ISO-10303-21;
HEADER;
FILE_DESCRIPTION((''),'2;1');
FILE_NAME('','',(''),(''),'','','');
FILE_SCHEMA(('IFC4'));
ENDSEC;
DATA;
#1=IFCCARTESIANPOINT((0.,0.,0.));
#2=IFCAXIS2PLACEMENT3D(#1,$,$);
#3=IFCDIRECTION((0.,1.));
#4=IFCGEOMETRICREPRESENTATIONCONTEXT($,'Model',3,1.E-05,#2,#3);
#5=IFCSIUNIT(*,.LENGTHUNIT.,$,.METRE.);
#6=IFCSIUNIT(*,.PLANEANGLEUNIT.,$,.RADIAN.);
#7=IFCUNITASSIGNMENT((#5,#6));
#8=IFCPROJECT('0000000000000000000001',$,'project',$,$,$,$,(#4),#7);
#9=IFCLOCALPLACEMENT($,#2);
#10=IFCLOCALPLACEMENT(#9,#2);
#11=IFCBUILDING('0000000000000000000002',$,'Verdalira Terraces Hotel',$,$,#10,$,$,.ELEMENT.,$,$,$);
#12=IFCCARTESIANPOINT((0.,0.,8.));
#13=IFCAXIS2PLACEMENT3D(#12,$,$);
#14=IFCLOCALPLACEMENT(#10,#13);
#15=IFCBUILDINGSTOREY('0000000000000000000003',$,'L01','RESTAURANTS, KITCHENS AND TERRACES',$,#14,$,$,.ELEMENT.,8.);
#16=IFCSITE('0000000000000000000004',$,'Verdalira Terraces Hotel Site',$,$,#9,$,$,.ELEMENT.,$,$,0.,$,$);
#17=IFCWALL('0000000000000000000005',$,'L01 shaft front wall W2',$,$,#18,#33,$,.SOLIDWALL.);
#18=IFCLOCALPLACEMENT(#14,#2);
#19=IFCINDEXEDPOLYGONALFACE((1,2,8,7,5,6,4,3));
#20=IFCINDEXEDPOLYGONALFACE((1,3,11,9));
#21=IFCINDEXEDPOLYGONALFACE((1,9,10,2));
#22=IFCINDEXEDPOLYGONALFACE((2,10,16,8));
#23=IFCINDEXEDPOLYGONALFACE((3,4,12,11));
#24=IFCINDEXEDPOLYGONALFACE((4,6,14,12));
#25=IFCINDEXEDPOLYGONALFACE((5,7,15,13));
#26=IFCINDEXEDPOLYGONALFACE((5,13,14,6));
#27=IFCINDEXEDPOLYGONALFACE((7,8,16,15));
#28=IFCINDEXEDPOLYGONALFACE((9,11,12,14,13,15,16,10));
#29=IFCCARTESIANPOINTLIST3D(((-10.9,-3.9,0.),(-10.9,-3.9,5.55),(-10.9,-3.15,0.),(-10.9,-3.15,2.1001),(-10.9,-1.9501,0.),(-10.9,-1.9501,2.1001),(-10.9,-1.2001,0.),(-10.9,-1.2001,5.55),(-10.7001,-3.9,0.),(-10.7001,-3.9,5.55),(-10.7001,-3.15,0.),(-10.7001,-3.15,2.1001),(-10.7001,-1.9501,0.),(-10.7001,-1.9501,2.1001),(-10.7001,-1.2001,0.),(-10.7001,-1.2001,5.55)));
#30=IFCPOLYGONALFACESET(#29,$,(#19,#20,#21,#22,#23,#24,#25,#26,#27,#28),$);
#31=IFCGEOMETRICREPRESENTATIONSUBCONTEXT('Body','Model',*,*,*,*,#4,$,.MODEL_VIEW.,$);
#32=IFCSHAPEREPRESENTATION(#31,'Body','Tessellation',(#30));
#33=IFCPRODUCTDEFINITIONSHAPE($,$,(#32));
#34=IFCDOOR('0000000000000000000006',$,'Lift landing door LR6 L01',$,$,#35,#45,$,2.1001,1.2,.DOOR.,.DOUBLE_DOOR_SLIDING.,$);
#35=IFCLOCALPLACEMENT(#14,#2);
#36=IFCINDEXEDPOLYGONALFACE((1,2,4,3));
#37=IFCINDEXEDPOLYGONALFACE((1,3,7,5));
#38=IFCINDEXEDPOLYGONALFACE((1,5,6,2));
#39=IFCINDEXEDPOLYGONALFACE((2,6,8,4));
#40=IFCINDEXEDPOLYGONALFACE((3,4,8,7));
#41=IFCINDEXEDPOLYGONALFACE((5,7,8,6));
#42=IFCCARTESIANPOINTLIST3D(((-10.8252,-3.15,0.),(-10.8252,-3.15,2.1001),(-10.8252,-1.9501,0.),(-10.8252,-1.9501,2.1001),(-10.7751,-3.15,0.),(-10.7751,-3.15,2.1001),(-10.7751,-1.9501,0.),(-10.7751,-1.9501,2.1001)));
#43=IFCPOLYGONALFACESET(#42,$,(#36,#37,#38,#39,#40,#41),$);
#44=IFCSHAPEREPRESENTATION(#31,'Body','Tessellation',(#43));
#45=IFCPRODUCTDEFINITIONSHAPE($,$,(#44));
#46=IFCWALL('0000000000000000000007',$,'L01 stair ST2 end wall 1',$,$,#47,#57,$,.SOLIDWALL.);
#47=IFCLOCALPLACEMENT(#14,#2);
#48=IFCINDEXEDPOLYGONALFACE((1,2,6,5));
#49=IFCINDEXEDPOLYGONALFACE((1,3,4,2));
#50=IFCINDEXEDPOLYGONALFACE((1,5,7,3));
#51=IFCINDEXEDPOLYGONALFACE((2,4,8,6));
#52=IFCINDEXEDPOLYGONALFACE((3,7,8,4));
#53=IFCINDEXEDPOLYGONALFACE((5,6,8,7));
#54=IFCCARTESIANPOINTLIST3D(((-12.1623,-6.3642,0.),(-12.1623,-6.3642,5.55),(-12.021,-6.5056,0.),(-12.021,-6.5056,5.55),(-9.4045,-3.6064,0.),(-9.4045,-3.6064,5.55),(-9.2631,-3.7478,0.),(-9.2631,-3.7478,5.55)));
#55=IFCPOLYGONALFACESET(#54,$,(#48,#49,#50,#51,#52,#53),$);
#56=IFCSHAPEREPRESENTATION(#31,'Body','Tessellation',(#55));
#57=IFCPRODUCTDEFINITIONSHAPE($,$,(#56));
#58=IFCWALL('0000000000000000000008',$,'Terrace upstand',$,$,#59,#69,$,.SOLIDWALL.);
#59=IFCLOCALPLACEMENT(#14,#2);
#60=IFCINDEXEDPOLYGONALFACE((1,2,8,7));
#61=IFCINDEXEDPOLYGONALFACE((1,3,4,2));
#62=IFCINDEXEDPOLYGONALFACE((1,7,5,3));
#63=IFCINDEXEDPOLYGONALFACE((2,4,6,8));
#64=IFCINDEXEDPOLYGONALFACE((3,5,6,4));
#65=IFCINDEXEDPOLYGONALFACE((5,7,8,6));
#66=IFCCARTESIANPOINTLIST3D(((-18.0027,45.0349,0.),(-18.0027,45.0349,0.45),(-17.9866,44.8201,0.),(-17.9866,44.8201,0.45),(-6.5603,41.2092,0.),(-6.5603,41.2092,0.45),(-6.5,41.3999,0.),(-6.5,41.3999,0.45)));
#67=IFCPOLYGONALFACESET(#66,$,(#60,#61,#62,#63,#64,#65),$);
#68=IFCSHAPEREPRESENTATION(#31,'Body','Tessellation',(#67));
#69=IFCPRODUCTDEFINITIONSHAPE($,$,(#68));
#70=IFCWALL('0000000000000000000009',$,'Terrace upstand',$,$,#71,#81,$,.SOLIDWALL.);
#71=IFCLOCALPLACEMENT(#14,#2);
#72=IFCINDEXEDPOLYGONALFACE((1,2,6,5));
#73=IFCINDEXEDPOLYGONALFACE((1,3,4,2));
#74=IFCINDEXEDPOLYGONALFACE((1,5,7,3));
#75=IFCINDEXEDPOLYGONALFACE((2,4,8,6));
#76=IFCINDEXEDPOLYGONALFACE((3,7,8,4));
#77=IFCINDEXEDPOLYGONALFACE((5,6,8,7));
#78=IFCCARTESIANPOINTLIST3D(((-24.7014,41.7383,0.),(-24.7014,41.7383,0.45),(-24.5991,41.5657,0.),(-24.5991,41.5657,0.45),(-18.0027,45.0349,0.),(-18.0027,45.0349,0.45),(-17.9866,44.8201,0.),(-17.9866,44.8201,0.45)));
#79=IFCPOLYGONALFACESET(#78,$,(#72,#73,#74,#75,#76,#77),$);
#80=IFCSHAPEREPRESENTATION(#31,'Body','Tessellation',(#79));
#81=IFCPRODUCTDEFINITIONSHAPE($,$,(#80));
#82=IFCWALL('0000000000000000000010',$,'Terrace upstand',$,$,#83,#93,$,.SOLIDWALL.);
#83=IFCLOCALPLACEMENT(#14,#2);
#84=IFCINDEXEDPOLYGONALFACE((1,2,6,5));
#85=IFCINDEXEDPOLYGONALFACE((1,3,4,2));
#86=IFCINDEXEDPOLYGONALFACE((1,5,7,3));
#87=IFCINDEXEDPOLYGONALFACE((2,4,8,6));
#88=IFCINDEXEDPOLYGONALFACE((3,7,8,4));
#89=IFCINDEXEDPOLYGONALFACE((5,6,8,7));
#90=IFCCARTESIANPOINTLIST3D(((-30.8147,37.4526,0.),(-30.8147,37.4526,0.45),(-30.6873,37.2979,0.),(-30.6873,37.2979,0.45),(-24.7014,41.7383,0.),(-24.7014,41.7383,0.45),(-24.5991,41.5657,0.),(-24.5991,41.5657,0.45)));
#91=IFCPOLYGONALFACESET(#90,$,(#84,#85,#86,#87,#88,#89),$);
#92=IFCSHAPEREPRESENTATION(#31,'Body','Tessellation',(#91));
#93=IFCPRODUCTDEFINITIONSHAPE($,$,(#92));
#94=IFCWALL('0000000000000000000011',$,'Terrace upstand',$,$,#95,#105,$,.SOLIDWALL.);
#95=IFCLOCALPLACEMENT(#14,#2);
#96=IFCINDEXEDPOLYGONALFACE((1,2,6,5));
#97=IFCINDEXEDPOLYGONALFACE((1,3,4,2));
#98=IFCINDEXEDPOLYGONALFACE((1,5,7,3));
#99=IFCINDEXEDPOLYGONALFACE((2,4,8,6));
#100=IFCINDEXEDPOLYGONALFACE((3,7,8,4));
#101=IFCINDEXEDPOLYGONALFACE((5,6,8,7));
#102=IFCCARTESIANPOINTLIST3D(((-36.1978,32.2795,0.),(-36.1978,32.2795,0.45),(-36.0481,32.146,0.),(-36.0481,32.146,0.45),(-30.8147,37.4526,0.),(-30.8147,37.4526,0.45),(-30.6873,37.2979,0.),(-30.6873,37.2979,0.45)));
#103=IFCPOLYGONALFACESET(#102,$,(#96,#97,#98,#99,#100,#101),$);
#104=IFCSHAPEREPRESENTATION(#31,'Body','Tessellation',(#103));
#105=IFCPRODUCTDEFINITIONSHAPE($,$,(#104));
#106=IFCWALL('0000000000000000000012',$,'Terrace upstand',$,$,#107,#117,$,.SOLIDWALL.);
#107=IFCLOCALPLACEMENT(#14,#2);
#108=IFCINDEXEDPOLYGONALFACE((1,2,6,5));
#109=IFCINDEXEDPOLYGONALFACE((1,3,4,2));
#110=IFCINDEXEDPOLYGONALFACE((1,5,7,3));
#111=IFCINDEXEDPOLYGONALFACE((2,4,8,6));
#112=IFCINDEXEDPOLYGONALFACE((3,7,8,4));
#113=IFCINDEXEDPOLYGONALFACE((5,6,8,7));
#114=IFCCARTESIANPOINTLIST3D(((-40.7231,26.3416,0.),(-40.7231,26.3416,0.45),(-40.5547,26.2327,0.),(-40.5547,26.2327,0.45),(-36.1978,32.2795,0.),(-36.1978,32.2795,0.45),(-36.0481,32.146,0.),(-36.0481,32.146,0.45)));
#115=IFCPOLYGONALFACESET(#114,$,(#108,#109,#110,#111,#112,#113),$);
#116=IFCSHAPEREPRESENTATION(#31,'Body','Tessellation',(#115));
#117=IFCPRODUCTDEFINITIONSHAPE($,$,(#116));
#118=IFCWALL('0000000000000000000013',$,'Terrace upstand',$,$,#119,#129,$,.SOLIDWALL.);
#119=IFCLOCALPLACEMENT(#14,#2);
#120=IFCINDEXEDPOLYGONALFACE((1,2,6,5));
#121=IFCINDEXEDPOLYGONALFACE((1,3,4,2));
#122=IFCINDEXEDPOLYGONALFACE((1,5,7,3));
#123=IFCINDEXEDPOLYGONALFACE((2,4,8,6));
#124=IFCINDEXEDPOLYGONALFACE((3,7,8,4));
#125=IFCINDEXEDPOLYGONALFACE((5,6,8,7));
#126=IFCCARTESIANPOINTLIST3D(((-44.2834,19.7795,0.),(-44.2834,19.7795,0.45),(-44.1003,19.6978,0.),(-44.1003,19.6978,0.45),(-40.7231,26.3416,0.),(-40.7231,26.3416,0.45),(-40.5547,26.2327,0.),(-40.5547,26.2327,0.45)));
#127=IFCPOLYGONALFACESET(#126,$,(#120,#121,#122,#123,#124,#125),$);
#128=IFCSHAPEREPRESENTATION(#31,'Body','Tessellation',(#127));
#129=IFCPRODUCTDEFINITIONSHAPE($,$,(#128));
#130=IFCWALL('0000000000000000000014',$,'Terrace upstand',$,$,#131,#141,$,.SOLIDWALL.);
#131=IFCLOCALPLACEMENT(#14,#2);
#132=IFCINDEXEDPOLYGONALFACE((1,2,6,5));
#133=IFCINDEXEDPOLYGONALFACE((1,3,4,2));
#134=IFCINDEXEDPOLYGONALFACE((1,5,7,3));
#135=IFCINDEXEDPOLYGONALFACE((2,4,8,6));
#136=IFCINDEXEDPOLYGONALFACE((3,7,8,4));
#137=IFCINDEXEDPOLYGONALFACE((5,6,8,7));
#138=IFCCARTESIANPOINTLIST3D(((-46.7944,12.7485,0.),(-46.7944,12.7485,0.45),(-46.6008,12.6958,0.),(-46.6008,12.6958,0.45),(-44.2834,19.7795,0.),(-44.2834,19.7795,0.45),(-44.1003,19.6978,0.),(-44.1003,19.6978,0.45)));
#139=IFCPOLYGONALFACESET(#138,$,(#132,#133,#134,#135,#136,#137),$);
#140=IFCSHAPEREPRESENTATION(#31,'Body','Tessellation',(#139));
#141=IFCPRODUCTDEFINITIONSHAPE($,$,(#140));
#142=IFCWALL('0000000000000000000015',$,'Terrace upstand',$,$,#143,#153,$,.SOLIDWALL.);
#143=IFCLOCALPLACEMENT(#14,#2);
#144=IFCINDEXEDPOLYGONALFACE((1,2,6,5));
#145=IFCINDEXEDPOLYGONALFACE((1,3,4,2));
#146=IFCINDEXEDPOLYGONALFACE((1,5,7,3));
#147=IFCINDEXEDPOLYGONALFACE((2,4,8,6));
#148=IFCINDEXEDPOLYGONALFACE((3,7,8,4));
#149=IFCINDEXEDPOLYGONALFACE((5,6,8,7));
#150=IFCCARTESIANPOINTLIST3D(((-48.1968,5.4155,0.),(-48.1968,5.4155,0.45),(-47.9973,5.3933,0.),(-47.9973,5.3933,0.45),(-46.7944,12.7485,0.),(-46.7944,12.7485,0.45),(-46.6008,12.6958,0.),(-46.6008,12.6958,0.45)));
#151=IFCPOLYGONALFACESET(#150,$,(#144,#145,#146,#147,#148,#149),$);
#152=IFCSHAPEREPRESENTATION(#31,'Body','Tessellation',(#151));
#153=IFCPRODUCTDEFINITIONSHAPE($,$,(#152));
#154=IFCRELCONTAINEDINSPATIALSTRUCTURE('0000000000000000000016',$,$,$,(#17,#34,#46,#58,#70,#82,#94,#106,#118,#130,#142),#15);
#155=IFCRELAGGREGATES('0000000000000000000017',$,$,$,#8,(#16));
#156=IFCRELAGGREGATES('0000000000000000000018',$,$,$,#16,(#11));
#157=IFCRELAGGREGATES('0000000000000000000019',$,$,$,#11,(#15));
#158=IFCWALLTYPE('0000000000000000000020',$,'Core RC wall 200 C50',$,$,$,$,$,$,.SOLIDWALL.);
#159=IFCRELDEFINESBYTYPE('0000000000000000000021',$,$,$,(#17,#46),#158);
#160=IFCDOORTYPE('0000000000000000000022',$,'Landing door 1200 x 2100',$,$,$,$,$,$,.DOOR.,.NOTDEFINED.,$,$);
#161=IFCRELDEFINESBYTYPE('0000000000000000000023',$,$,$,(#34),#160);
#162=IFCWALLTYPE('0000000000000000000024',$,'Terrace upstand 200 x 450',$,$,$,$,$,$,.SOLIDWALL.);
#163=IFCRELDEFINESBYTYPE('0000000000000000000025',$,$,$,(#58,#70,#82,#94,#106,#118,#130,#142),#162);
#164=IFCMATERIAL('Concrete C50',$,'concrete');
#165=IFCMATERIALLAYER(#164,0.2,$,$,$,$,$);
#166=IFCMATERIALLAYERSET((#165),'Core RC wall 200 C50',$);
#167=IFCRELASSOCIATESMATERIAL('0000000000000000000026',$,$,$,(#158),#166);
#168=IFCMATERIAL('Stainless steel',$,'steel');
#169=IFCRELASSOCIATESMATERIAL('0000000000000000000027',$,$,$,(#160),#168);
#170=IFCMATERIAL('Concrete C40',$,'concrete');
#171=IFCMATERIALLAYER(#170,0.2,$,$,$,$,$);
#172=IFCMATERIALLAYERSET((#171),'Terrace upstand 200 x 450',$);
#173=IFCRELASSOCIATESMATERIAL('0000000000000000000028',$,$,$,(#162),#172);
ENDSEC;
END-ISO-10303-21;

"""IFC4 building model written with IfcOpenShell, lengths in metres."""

from ifc_helpers import new_model, si_unit, direction, frame, frame_2d, origin, place, context, subcontext, project, spatial, polyline, rectangle, outline, extrude, material, layer, layer_set, type_object, element, fill, save


model = new_model("IFC4")

# Units and contexts
model_context = context("Model", 3, precision=1e-05, world=origin(), true_north=direction((0.0, 1.0)))
body_context = subcontext(model_context, "Body", "Model", "MODEL_VIEW")
ifc_project = project(units=[si_unit("LENGTHUNIT", "METRE"), si_unit("PLANEANGLEUNIT", "RADIAN")], contexts=[model_context])

# Site, building, storey
site_placement = place(None, origin())
site = spatial("IfcSite", under=ifc_project, at=site_placement, Name="Verdalira Terraces Hotel Site", CompositionType="ELEMENT", RefElevation=0.0)
building_placement = place(site_placement, origin())
building = spatial("IfcBuilding", under=site, at=building_placement, Name="Verdalira Terraces Hotel", CompositionType="ELEMENT")
storey_placement = place(building_placement, frame((0.0, 0.0, 8.0)))
storey = spatial("IfcBuildingStorey", under=building, at=storey_placement, Name="L01", Description="RESTAURANTS, KITCHENS AND TERRACES", CompositionType="ELEMENT", Elevation=8.0)

# Wall, opening, door
ifc_material_1 = material(Name="Concrete C50", Category="concrete")
ifc_layer_1 = layer(ifc_material_1, 0.2)
ifc_layer_set_1 = layer_set([ifc_layer_1], Name="Core RC wall 200 C50")
wall_type_1 = type_object("IfcWallType", Name="Core RC wall 200 C50", PredefinedType="SOLIDWALL", material=ifc_layer_set_1)
wall_1_placement = place(storey_placement, frame((-10.8, -1.2, 0.0), z_axis=(0.0, 0.0, 1.0), x_axis=(0.0, -1.0, 0.0)))
wall_1 = element("IfcWall", 1, at=wall_1_placement, inside=storey, type_object=wall_type_1, Name="L01 shaft front wall W2", PredefinedType="SOLIDWALL", context=body_context, shape_type="SweptSolid", body=[
    extrude(rectangle(XDim=2.7, YDim=0.2, at=frame_2d((1.3501, 0.0))), origin(), (0.0, 0.0, 1.0), 5.55),
])
opening_placement = place(wall_1_placement, frame((0.75, 0.0, 0.0)))
opening = element("IfcOpeningElement", 2, at=opening_placement, cuts=wall_1, PredefinedType="OPENING", context=body_context, shape_type="SweptSolid", body=[
    extrude(rectangle(XDim=1.2, YDim=2.1001, at=frame_2d((0.6001, 1.05))), frame((0.0, 0.1099, 0.0), z_axis=(0.0, -1.0, 0.0), x_axis=(1.0, 0.0, 0.0)), (0.0, 0.0, 1.0), 0.22),
])
ifc_material_2 = material(Name="Stainless steel", Category="steel")
door_type = type_object("IfcDoorType", Name="Landing door 1200 x 2100", OperationType="NOTDEFINED", PredefinedType="DOOR", material=ifc_material_2)
door_placement = place(opening_placement, origin())
door = element("IfcDoor", 3, at=door_placement, inside=storey, type_object=door_type, Name="Lift landing door LR6 L01", OperationType="DOUBLE_DOOR_SLIDING", OverallHeight=2.1001, OverallWidth=1.2, PredefinedType="DOOR", context=body_context, shape_type="SweptSolid", body=[
    extrude(rectangle(XDim=1.2, YDim=2.1001, at=frame_2d((0.6001, 1.05))), frame((0.0, 0.0249, 0.0), z_axis=(0.0, -1.0, 0.0), x_axis=(1.0, 0.0, 0.0)), (0.0, 0.0, 1.0), 0.05),
])
fill(opening, door)

# Walls
wall_2_placement = place(storey_placement, frame((-9.3337, -3.677, 0.0), z_axis=(0.0, 0.0, 1.0), x_axis=(-0.707107, -0.707107, 0.0)))
element("IfcWall", 4, at=wall_2_placement, inside=storey, type_object=wall_type_1, Name="L01 stair ST2 end wall 1", PredefinedType="SOLIDWALL", context=body_context, shape_type="SweptSolid", body=[
    extrude(rectangle(XDim=3.9001, YDim=0.2, at=frame_2d((1.9502, 0.0))), origin(), (0.0, 0.0, 1.0), 5.55),
])
ifc_material_3 = material(Name="Concrete C40", Category="concrete")
ifc_layer_2 = layer(ifc_material_3, 0.2)
ifc_layer_set_2 = layer_set([ifc_layer_2], Name="Terrace upstand 200 x 450")
wall_type_2 = type_object("IfcWallType", Name="Terrace upstand 200 x 450", PredefinedType="SOLIDWALL", material=ifc_layer_set_2)
wall_3_placement = place(storey_placement, origin())
element("IfcWall", 5, at=wall_3_placement, inside=storey, type_object=wall_type_2, Name="Terrace upstand", PredefinedType="SOLIDWALL", context=body_context, shape_type="SweptSolid", body=[
    extrude(outline(polyline([(-6.5603, 41.2092), (-6.5, 41.3999), (-18.0027, 45.0349), (-17.9866, 44.8201), (-6.5603, 41.2092)])), origin(), (0.0, 0.0, 1.0), 0.45),
])
wall_4_placement = place(storey_placement, origin())
element("IfcWall", 6, at=wall_4_placement, inside=storey, type_object=wall_type_2, Name="Terrace upstand", PredefinedType="SOLIDWALL", context=body_context, shape_type="SweptSolid", body=[
    extrude(outline(polyline([(-17.9866, 44.8201), (-18.0027, 45.0349), (-24.7014, 41.7383), (-24.5991, 41.5657), (-17.9866, 44.8201)])), origin(), (0.0, 0.0, 1.0), 0.45),
])
wall_5_placement = place(storey_placement, origin())
element("IfcWall", 7, at=wall_5_placement, inside=storey, type_object=wall_type_2, Name="Terrace upstand", PredefinedType="SOLIDWALL", context=body_context, shape_type="SweptSolid", body=[
    extrude(outline(polyline([(-24.5991, 41.5657), (-24.7014, 41.7383), (-30.8147, 37.4526), (-30.6873, 37.2979), (-24.5991, 41.5657)])), origin(), (0.0, 0.0, 1.0), 0.45),
])
wall_6_placement = place(storey_placement, origin())
element("IfcWall", 8, at=wall_6_placement, inside=storey, type_object=wall_type_2, Name="Terrace upstand", PredefinedType="SOLIDWALL", context=body_context, shape_type="SweptSolid", body=[
    extrude(outline(polyline([(-30.6873, 37.2979), (-30.8147, 37.4526), (-36.1978, 32.2795), (-36.0481, 32.146), (-30.6873, 37.2979)])), origin(), (0.0, 0.0, 1.0), 0.45),
])
wall_7_placement = place(storey_placement, origin())
element("IfcWall", 9, at=wall_7_placement, inside=storey, type_object=wall_type_2, Name="Terrace upstand", PredefinedType="SOLIDWALL", context=body_context, shape_type="SweptSolid", body=[
    extrude(outline(polyline([(-36.0481, 32.146), (-36.1978, 32.2795), (-40.7231, 26.3416), (-40.5547, 26.2327), (-36.0481, 32.146)])), origin(), (0.0, 0.0, 1.0), 0.45),
])
wall_8_placement = place(storey_placement, origin())
element("IfcWall", 10, at=wall_8_placement, inside=storey, type_object=wall_type_2, Name="Terrace upstand", PredefinedType="SOLIDWALL", context=body_context, shape_type="SweptSolid", body=[
    extrude(outline(polyline([(-40.5547, 26.2327), (-40.7231, 26.3416), (-44.2834, 19.7795), (-44.1003, 19.6978), (-40.5547, 26.2327)])), origin(), (0.0, 0.0, 1.0), 0.45),
])
wall_9_placement = place(storey_placement, origin())
element("IfcWall", 11, at=wall_9_placement, inside=storey, type_object=wall_type_2, Name="Terrace upstand", PredefinedType="SOLIDWALL", context=body_context, shape_type="SweptSolid", body=[
    extrude(outline(polyline([(-44.1003, 19.6978), (-44.2834, 19.7795), (-46.7944, 12.7485), (-46.6008, 12.6958), (-44.1003, 19.6978)])), origin(), (0.0, 0.0, 1.0), 0.45),
])
wall_10_placement = place(storey_placement, origin())
element("IfcWall", 12, at=wall_10_placement, inside=storey, type_object=wall_type_2, Name="Terrace upstand", PredefinedType="SOLIDWALL", context=body_context, shape_type="SweptSolid", body=[
    extrude(outline(polyline([(-46.6008, 12.6958), (-46.7944, 12.7485), (-48.1968, 5.4155), (-47.9973, 5.3933), (-46.6008, 12.6958)])), origin(), (0.0, 0.0, 1.0), 0.45),
])

save(model, "model.ifc")
